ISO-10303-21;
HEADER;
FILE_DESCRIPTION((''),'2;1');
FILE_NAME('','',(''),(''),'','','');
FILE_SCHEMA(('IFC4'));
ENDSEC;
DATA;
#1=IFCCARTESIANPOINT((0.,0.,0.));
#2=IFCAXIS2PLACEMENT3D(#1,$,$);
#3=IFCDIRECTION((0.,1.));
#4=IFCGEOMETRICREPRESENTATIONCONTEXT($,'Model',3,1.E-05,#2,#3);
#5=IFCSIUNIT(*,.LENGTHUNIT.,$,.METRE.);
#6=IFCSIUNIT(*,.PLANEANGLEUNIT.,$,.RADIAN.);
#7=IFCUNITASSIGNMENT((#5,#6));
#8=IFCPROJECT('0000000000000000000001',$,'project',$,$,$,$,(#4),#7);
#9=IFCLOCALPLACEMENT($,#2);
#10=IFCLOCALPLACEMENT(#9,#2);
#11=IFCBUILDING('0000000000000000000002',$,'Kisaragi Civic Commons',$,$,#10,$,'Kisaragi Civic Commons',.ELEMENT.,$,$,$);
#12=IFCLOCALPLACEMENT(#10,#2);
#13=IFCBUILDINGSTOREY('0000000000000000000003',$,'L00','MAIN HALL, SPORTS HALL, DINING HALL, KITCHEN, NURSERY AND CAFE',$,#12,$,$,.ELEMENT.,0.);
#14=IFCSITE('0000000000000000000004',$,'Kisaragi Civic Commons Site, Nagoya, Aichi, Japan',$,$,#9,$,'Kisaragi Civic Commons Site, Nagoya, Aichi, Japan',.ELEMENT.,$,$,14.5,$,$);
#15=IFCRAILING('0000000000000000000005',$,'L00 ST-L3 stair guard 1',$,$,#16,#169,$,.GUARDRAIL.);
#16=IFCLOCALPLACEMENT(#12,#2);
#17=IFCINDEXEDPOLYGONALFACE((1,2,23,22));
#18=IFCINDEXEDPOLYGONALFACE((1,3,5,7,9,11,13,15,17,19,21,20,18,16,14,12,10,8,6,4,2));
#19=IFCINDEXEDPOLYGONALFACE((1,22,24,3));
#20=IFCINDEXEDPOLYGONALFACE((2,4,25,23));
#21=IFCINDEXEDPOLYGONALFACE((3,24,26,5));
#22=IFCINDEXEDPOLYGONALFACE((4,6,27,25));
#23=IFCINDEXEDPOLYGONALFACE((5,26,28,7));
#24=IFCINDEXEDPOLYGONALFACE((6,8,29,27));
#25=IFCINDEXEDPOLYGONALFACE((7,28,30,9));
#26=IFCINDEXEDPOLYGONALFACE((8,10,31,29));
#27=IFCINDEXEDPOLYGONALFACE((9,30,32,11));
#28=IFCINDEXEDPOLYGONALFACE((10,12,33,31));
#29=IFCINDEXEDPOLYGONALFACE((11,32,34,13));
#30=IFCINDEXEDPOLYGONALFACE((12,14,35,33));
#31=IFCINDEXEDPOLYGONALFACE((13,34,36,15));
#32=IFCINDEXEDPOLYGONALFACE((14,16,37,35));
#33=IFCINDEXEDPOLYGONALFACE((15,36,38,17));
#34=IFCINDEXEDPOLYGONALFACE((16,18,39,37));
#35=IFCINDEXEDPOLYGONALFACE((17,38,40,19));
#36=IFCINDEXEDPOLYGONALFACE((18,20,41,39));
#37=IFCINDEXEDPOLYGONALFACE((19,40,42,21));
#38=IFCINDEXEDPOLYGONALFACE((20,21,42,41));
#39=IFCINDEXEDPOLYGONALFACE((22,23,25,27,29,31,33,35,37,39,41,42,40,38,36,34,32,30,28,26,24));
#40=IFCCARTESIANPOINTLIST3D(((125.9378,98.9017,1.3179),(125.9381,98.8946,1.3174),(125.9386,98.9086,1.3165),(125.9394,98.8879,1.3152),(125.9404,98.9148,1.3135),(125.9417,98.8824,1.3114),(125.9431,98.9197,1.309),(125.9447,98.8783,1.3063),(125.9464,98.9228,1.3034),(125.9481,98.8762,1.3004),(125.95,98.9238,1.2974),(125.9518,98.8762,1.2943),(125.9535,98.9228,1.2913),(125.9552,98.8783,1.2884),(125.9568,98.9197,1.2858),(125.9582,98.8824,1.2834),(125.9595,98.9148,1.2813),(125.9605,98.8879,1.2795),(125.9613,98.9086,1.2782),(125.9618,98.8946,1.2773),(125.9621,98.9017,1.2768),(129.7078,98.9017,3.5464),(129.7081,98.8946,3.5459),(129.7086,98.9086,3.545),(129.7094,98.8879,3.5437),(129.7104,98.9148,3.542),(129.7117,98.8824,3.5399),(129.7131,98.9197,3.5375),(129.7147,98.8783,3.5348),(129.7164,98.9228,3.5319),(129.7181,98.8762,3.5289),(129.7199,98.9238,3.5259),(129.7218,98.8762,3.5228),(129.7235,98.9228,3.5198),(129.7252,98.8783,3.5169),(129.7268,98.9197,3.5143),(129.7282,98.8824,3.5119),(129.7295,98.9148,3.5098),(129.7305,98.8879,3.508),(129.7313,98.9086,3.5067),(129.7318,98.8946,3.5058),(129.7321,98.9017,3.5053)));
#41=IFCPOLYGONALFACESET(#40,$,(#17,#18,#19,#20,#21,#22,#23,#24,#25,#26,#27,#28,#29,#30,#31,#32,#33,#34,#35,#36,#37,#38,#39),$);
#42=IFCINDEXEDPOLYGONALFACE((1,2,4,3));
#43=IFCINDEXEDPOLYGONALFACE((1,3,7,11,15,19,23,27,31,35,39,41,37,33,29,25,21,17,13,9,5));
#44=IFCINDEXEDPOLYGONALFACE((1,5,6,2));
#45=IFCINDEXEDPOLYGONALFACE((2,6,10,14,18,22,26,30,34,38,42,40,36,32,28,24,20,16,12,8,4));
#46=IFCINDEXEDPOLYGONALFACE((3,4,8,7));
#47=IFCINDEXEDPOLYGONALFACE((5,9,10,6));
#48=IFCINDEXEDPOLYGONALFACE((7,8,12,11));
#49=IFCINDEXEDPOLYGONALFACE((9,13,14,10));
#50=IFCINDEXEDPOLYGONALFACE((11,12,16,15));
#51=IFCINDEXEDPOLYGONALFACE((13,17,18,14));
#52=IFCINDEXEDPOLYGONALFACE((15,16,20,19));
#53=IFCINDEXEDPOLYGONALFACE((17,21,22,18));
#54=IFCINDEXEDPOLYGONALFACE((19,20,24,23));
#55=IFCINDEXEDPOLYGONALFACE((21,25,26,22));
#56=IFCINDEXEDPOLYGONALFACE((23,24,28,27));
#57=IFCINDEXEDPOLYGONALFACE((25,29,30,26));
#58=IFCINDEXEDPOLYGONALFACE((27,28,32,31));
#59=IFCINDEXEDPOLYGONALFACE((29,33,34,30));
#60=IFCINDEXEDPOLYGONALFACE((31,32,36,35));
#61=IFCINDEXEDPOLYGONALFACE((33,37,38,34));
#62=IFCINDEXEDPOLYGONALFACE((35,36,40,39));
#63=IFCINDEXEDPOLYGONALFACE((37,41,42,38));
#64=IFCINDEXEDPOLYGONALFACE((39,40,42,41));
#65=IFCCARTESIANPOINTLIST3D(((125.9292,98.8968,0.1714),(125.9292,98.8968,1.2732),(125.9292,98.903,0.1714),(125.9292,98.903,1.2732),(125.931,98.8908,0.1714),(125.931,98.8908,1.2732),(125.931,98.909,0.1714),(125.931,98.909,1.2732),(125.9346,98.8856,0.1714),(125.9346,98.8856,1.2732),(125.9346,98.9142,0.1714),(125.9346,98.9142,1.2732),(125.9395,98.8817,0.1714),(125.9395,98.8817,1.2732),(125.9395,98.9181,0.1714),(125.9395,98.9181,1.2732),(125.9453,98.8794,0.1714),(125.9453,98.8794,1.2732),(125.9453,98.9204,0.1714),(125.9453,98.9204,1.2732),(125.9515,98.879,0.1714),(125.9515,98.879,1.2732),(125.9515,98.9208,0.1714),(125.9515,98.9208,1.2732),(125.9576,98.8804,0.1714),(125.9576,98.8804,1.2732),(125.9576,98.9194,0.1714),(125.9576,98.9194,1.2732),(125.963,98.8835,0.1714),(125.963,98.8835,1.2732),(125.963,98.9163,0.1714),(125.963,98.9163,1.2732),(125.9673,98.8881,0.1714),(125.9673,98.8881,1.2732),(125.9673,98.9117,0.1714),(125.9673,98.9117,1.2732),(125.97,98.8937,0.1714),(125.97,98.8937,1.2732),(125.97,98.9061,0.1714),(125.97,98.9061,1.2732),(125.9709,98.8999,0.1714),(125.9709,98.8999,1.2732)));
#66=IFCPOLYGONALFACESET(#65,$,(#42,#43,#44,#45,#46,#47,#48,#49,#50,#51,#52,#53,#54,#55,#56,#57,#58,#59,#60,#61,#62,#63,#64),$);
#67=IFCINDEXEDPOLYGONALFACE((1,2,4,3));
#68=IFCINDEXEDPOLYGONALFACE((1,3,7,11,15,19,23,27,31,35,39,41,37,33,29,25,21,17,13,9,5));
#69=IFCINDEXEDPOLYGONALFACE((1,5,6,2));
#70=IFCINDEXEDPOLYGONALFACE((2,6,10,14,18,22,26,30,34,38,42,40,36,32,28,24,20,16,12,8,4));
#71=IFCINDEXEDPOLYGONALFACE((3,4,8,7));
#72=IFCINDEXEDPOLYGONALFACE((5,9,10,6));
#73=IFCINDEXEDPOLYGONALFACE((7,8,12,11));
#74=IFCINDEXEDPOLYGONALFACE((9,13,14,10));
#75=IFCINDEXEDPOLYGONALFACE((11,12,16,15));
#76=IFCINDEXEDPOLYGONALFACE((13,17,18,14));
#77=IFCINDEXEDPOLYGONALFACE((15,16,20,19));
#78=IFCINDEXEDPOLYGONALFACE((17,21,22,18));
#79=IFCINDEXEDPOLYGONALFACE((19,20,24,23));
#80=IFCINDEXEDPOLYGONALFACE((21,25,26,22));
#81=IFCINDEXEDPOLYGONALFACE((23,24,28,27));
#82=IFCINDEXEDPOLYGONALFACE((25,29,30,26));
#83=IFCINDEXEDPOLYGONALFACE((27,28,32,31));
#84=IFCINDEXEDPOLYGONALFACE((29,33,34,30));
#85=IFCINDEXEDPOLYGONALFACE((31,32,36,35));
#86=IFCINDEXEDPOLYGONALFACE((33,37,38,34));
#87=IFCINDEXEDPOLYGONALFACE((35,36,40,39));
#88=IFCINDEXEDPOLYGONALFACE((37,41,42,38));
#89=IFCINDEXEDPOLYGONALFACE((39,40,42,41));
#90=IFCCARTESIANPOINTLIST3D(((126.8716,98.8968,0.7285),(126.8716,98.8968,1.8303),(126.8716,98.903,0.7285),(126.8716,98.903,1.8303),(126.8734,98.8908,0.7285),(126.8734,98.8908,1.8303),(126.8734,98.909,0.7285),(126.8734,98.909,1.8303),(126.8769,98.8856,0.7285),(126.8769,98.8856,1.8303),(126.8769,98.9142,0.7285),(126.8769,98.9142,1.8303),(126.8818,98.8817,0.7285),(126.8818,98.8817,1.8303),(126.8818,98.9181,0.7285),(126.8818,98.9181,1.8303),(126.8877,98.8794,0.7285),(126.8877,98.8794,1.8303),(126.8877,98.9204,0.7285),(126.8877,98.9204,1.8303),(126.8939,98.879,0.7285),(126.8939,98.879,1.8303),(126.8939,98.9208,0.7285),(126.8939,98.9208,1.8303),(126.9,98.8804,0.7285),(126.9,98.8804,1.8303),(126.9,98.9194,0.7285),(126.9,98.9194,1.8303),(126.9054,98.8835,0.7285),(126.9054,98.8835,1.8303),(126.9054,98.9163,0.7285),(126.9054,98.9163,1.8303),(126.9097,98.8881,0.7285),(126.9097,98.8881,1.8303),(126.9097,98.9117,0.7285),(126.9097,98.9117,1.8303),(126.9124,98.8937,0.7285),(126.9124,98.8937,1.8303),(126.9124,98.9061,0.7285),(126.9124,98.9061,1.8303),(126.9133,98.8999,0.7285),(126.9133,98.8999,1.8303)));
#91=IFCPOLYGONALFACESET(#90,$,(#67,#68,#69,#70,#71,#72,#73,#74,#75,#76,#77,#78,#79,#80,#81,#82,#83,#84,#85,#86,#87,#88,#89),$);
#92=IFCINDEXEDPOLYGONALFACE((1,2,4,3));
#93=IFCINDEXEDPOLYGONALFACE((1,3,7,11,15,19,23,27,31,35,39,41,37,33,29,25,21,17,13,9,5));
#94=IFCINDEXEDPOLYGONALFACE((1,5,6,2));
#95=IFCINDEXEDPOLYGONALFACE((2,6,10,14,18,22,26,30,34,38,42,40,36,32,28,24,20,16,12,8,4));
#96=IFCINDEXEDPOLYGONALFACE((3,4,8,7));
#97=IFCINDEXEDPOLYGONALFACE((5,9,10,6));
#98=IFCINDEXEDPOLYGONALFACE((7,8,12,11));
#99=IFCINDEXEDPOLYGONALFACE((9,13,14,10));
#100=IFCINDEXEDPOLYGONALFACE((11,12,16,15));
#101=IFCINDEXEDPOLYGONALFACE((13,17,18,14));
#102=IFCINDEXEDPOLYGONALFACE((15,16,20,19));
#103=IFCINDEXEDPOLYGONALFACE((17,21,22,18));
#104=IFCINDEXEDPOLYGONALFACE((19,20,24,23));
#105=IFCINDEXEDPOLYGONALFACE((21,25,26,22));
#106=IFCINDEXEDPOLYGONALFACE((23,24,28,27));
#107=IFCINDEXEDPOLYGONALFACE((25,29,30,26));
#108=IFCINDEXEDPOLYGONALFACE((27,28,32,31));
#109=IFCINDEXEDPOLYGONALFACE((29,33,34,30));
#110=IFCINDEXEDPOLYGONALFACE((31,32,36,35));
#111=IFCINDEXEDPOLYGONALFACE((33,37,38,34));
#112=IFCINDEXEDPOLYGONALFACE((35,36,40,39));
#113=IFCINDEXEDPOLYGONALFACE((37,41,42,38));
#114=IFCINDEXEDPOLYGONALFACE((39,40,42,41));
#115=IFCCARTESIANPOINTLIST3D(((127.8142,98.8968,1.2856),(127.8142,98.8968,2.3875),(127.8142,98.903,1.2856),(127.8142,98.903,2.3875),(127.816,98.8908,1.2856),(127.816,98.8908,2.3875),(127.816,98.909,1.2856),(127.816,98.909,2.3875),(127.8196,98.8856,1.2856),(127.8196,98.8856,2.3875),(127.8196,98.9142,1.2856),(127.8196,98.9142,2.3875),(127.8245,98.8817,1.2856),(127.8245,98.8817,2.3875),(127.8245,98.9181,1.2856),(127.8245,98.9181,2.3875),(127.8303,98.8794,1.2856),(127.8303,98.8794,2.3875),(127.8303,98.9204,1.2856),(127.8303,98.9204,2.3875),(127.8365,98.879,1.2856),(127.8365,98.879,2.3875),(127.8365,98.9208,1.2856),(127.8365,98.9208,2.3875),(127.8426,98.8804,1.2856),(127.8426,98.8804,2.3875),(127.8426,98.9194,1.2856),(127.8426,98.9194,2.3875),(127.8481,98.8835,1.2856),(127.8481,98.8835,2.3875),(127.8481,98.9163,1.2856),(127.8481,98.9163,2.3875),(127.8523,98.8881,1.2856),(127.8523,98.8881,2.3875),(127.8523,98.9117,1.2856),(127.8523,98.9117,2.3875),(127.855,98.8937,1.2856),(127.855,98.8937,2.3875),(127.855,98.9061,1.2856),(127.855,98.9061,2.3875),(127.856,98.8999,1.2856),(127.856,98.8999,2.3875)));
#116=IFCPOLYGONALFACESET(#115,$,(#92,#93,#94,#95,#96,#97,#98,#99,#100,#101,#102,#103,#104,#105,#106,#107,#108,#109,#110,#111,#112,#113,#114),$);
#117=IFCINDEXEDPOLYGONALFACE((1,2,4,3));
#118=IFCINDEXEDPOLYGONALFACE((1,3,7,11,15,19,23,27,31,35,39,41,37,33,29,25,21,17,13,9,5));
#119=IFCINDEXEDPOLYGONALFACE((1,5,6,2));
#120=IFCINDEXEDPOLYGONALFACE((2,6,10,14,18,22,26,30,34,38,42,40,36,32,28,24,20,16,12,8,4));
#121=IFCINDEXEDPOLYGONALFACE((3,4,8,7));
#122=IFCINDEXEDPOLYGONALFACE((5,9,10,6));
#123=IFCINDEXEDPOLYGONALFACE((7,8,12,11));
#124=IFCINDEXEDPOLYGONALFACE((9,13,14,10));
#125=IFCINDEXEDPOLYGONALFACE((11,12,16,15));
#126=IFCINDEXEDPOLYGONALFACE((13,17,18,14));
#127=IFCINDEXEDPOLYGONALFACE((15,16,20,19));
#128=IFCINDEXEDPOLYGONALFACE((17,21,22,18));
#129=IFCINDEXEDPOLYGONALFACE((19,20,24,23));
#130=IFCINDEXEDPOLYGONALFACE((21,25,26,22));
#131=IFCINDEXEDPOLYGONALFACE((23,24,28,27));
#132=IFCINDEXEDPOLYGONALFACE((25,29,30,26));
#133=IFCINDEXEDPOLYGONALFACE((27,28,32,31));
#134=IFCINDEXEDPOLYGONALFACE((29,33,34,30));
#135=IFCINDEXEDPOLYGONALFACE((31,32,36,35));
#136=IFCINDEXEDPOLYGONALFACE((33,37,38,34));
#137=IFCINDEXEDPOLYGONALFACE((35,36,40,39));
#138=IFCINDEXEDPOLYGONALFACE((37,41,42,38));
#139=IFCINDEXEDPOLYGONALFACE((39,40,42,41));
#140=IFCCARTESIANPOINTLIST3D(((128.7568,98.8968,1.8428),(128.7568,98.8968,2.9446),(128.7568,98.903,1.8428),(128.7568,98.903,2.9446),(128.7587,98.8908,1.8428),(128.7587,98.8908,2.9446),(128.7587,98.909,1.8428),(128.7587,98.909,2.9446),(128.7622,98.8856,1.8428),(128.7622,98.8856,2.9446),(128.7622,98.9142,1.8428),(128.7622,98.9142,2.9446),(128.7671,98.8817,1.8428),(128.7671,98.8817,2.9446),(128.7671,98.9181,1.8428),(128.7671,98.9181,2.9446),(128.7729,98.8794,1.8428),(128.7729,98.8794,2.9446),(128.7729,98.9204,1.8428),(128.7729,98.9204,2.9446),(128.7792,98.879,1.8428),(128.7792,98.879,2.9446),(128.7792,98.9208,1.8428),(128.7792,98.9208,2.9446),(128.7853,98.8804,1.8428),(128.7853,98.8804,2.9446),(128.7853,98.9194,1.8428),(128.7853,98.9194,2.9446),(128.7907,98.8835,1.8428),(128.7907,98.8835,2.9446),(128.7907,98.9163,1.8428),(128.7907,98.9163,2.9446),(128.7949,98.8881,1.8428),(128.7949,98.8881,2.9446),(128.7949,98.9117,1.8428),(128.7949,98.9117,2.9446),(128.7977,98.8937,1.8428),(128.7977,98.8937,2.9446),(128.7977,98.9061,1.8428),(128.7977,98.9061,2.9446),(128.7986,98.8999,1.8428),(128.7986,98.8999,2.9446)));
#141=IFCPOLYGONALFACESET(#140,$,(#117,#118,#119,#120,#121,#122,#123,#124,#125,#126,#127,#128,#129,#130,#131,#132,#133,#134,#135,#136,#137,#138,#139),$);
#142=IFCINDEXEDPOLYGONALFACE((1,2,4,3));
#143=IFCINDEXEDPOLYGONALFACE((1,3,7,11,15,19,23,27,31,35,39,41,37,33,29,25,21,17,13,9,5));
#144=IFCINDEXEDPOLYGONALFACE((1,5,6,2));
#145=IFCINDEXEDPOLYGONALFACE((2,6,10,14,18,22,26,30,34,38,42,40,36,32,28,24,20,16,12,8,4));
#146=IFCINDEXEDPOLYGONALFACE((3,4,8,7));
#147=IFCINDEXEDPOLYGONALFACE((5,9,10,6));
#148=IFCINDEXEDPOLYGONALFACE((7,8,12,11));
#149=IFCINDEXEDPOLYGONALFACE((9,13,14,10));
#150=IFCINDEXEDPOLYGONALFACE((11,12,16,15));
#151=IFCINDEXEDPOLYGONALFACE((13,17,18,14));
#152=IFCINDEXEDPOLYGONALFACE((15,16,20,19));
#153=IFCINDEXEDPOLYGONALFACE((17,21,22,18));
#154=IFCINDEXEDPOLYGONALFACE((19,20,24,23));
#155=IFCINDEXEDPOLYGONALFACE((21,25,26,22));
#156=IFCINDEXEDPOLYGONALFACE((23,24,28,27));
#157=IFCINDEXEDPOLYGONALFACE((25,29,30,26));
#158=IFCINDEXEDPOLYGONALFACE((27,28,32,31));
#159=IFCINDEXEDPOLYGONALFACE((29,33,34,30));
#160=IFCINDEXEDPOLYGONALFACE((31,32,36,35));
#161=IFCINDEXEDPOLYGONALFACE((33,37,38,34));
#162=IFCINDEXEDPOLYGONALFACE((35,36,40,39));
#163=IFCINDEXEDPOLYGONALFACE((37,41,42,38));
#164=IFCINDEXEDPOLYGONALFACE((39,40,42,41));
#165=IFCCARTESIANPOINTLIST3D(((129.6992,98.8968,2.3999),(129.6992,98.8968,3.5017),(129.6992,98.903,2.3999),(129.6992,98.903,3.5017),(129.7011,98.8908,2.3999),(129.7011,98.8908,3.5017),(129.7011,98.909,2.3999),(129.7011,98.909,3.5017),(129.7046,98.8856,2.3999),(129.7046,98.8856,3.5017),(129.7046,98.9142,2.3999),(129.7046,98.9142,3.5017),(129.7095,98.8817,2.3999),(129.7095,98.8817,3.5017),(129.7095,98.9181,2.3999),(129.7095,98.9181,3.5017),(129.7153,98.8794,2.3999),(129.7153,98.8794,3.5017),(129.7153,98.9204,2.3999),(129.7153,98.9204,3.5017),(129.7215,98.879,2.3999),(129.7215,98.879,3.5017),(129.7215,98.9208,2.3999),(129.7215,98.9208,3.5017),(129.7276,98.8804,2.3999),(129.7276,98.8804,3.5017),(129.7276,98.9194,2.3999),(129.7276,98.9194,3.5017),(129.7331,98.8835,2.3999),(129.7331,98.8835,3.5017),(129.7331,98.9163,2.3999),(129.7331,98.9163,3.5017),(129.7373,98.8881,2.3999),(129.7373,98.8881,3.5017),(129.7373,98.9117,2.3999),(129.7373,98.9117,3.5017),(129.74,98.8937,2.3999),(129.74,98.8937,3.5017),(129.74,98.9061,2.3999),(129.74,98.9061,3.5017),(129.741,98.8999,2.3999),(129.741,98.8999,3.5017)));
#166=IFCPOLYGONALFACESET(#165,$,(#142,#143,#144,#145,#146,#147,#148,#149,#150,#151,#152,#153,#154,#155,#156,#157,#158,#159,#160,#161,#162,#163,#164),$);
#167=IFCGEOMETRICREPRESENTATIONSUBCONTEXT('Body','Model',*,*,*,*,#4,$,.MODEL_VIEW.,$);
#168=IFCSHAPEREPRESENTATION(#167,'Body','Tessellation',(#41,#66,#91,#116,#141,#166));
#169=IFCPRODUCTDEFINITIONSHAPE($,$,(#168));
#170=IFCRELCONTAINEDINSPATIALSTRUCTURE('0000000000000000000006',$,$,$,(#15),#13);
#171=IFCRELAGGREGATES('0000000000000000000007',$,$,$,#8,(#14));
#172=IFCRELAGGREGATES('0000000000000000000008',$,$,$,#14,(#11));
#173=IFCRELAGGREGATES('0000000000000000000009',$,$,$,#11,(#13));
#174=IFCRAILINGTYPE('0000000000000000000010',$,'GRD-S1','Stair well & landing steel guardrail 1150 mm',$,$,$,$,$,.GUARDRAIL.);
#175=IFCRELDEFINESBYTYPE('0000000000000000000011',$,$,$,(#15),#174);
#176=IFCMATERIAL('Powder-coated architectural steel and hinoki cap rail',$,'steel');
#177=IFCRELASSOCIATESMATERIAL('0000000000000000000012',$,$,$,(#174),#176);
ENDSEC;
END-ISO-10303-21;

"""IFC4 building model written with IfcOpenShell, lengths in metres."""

from ifc_helpers import new_model, si_unit, direction, frame, origin, origin_2d, place, context, subcontext, project, spatial, circle, extrude, material, type_object, element, save


model = new_model("IFC4")

# Units and contexts
model_context = context("Model", 3, precision=1e-05, world=origin(), true_north=direction((0.0, 1.0)))
body_context = subcontext(model_context, "Body", "Model", "MODEL_VIEW")
ifc_project = project(units=[si_unit("LENGTHUNIT", "METRE"), si_unit("PLANEANGLEUNIT", "RADIAN")], contexts=[model_context])

# Site, building, storey
site_placement = place(None, origin())
site = spatial("IfcSite", under=ifc_project, at=site_placement, Name="Kisaragi Civic Commons Site, Nagoya, Aichi, Japan", LongName="Kisaragi Civic Commons Site, Nagoya, Aichi, Japan", CompositionType="ELEMENT", RefElevation=14.5)
building_placement = place(site_placement, origin())
building = spatial("IfcBuilding", under=site, at=building_placement, Name="Kisaragi Civic Commons", LongName="Kisaragi Civic Commons", CompositionType="ELEMENT")
storey_placement = place(building_placement, origin())
storey = spatial("IfcBuildingStorey", under=building, at=storey_placement, Name="L00", Description="MAIN HALL, SPORTS HALL, DINING HALL, KITCHEN, NURSERY AND CAFE", CompositionType="ELEMENT", Elevation=0.0)

# Railing
ifc_material_1 = material(Name="Powder-coated architectural steel and hinoki cap rail", Category="steel")
railing_type_1 = type_object("IfcRailingType", Name="GRD-S1", Description="Stair well & landing steel guardrail 1150 mm", PredefinedType="GUARDRAIL", material=ifc_material_1)
railing_1_placement = place(storey_placement, frame((125.95, 98.8999, 0.1714)))
element("IfcRailing", 1, at=railing_1_placement, inside=storey, type_object=railing_type_1, Name="L00 ST-L3 stair guard 1", PredefinedType="GUARDRAIL", context=body_context, shape_type="SweptSolid", body=[
    extrude(circle(Radius=0.0239, at=origin_2d()), frame((0.0, 0.0, 1.126), z_axis=(0.860849, 0.0, 0.508861), x_axis=(0.0, 1.0, 0.0)), (0.0, 0.0, 1.0), 4.3794),
    extrude(circle(Radius=0.021, at=origin_2d()), origin(), (0.0, 0.0, 1.0), 1.1018),
    extrude(circle(Radius=0.021, at=origin_2d()), frame((0.9424, 0.0, 0.5571)), (0.0, 0.0, 1.0), 1.1018),
    extrude(circle(Radius=0.021, at=origin_2d()), frame((1.885, 0.0, 1.1143)), (0.0, 0.0, 1.0), 1.1018),
    extrude(circle(Radius=0.021, at=origin_2d()), frame((2.8276, 0.0, 1.6714)), (0.0, 0.0, 1.0), 1.1018),
    extrude(circle(Radius=0.021, at=origin_2d()), frame((3.77, 0.0, 2.2285)), (0.0, 0.0, 1.0), 1.1018),
])

save(model, "model.ifc")
